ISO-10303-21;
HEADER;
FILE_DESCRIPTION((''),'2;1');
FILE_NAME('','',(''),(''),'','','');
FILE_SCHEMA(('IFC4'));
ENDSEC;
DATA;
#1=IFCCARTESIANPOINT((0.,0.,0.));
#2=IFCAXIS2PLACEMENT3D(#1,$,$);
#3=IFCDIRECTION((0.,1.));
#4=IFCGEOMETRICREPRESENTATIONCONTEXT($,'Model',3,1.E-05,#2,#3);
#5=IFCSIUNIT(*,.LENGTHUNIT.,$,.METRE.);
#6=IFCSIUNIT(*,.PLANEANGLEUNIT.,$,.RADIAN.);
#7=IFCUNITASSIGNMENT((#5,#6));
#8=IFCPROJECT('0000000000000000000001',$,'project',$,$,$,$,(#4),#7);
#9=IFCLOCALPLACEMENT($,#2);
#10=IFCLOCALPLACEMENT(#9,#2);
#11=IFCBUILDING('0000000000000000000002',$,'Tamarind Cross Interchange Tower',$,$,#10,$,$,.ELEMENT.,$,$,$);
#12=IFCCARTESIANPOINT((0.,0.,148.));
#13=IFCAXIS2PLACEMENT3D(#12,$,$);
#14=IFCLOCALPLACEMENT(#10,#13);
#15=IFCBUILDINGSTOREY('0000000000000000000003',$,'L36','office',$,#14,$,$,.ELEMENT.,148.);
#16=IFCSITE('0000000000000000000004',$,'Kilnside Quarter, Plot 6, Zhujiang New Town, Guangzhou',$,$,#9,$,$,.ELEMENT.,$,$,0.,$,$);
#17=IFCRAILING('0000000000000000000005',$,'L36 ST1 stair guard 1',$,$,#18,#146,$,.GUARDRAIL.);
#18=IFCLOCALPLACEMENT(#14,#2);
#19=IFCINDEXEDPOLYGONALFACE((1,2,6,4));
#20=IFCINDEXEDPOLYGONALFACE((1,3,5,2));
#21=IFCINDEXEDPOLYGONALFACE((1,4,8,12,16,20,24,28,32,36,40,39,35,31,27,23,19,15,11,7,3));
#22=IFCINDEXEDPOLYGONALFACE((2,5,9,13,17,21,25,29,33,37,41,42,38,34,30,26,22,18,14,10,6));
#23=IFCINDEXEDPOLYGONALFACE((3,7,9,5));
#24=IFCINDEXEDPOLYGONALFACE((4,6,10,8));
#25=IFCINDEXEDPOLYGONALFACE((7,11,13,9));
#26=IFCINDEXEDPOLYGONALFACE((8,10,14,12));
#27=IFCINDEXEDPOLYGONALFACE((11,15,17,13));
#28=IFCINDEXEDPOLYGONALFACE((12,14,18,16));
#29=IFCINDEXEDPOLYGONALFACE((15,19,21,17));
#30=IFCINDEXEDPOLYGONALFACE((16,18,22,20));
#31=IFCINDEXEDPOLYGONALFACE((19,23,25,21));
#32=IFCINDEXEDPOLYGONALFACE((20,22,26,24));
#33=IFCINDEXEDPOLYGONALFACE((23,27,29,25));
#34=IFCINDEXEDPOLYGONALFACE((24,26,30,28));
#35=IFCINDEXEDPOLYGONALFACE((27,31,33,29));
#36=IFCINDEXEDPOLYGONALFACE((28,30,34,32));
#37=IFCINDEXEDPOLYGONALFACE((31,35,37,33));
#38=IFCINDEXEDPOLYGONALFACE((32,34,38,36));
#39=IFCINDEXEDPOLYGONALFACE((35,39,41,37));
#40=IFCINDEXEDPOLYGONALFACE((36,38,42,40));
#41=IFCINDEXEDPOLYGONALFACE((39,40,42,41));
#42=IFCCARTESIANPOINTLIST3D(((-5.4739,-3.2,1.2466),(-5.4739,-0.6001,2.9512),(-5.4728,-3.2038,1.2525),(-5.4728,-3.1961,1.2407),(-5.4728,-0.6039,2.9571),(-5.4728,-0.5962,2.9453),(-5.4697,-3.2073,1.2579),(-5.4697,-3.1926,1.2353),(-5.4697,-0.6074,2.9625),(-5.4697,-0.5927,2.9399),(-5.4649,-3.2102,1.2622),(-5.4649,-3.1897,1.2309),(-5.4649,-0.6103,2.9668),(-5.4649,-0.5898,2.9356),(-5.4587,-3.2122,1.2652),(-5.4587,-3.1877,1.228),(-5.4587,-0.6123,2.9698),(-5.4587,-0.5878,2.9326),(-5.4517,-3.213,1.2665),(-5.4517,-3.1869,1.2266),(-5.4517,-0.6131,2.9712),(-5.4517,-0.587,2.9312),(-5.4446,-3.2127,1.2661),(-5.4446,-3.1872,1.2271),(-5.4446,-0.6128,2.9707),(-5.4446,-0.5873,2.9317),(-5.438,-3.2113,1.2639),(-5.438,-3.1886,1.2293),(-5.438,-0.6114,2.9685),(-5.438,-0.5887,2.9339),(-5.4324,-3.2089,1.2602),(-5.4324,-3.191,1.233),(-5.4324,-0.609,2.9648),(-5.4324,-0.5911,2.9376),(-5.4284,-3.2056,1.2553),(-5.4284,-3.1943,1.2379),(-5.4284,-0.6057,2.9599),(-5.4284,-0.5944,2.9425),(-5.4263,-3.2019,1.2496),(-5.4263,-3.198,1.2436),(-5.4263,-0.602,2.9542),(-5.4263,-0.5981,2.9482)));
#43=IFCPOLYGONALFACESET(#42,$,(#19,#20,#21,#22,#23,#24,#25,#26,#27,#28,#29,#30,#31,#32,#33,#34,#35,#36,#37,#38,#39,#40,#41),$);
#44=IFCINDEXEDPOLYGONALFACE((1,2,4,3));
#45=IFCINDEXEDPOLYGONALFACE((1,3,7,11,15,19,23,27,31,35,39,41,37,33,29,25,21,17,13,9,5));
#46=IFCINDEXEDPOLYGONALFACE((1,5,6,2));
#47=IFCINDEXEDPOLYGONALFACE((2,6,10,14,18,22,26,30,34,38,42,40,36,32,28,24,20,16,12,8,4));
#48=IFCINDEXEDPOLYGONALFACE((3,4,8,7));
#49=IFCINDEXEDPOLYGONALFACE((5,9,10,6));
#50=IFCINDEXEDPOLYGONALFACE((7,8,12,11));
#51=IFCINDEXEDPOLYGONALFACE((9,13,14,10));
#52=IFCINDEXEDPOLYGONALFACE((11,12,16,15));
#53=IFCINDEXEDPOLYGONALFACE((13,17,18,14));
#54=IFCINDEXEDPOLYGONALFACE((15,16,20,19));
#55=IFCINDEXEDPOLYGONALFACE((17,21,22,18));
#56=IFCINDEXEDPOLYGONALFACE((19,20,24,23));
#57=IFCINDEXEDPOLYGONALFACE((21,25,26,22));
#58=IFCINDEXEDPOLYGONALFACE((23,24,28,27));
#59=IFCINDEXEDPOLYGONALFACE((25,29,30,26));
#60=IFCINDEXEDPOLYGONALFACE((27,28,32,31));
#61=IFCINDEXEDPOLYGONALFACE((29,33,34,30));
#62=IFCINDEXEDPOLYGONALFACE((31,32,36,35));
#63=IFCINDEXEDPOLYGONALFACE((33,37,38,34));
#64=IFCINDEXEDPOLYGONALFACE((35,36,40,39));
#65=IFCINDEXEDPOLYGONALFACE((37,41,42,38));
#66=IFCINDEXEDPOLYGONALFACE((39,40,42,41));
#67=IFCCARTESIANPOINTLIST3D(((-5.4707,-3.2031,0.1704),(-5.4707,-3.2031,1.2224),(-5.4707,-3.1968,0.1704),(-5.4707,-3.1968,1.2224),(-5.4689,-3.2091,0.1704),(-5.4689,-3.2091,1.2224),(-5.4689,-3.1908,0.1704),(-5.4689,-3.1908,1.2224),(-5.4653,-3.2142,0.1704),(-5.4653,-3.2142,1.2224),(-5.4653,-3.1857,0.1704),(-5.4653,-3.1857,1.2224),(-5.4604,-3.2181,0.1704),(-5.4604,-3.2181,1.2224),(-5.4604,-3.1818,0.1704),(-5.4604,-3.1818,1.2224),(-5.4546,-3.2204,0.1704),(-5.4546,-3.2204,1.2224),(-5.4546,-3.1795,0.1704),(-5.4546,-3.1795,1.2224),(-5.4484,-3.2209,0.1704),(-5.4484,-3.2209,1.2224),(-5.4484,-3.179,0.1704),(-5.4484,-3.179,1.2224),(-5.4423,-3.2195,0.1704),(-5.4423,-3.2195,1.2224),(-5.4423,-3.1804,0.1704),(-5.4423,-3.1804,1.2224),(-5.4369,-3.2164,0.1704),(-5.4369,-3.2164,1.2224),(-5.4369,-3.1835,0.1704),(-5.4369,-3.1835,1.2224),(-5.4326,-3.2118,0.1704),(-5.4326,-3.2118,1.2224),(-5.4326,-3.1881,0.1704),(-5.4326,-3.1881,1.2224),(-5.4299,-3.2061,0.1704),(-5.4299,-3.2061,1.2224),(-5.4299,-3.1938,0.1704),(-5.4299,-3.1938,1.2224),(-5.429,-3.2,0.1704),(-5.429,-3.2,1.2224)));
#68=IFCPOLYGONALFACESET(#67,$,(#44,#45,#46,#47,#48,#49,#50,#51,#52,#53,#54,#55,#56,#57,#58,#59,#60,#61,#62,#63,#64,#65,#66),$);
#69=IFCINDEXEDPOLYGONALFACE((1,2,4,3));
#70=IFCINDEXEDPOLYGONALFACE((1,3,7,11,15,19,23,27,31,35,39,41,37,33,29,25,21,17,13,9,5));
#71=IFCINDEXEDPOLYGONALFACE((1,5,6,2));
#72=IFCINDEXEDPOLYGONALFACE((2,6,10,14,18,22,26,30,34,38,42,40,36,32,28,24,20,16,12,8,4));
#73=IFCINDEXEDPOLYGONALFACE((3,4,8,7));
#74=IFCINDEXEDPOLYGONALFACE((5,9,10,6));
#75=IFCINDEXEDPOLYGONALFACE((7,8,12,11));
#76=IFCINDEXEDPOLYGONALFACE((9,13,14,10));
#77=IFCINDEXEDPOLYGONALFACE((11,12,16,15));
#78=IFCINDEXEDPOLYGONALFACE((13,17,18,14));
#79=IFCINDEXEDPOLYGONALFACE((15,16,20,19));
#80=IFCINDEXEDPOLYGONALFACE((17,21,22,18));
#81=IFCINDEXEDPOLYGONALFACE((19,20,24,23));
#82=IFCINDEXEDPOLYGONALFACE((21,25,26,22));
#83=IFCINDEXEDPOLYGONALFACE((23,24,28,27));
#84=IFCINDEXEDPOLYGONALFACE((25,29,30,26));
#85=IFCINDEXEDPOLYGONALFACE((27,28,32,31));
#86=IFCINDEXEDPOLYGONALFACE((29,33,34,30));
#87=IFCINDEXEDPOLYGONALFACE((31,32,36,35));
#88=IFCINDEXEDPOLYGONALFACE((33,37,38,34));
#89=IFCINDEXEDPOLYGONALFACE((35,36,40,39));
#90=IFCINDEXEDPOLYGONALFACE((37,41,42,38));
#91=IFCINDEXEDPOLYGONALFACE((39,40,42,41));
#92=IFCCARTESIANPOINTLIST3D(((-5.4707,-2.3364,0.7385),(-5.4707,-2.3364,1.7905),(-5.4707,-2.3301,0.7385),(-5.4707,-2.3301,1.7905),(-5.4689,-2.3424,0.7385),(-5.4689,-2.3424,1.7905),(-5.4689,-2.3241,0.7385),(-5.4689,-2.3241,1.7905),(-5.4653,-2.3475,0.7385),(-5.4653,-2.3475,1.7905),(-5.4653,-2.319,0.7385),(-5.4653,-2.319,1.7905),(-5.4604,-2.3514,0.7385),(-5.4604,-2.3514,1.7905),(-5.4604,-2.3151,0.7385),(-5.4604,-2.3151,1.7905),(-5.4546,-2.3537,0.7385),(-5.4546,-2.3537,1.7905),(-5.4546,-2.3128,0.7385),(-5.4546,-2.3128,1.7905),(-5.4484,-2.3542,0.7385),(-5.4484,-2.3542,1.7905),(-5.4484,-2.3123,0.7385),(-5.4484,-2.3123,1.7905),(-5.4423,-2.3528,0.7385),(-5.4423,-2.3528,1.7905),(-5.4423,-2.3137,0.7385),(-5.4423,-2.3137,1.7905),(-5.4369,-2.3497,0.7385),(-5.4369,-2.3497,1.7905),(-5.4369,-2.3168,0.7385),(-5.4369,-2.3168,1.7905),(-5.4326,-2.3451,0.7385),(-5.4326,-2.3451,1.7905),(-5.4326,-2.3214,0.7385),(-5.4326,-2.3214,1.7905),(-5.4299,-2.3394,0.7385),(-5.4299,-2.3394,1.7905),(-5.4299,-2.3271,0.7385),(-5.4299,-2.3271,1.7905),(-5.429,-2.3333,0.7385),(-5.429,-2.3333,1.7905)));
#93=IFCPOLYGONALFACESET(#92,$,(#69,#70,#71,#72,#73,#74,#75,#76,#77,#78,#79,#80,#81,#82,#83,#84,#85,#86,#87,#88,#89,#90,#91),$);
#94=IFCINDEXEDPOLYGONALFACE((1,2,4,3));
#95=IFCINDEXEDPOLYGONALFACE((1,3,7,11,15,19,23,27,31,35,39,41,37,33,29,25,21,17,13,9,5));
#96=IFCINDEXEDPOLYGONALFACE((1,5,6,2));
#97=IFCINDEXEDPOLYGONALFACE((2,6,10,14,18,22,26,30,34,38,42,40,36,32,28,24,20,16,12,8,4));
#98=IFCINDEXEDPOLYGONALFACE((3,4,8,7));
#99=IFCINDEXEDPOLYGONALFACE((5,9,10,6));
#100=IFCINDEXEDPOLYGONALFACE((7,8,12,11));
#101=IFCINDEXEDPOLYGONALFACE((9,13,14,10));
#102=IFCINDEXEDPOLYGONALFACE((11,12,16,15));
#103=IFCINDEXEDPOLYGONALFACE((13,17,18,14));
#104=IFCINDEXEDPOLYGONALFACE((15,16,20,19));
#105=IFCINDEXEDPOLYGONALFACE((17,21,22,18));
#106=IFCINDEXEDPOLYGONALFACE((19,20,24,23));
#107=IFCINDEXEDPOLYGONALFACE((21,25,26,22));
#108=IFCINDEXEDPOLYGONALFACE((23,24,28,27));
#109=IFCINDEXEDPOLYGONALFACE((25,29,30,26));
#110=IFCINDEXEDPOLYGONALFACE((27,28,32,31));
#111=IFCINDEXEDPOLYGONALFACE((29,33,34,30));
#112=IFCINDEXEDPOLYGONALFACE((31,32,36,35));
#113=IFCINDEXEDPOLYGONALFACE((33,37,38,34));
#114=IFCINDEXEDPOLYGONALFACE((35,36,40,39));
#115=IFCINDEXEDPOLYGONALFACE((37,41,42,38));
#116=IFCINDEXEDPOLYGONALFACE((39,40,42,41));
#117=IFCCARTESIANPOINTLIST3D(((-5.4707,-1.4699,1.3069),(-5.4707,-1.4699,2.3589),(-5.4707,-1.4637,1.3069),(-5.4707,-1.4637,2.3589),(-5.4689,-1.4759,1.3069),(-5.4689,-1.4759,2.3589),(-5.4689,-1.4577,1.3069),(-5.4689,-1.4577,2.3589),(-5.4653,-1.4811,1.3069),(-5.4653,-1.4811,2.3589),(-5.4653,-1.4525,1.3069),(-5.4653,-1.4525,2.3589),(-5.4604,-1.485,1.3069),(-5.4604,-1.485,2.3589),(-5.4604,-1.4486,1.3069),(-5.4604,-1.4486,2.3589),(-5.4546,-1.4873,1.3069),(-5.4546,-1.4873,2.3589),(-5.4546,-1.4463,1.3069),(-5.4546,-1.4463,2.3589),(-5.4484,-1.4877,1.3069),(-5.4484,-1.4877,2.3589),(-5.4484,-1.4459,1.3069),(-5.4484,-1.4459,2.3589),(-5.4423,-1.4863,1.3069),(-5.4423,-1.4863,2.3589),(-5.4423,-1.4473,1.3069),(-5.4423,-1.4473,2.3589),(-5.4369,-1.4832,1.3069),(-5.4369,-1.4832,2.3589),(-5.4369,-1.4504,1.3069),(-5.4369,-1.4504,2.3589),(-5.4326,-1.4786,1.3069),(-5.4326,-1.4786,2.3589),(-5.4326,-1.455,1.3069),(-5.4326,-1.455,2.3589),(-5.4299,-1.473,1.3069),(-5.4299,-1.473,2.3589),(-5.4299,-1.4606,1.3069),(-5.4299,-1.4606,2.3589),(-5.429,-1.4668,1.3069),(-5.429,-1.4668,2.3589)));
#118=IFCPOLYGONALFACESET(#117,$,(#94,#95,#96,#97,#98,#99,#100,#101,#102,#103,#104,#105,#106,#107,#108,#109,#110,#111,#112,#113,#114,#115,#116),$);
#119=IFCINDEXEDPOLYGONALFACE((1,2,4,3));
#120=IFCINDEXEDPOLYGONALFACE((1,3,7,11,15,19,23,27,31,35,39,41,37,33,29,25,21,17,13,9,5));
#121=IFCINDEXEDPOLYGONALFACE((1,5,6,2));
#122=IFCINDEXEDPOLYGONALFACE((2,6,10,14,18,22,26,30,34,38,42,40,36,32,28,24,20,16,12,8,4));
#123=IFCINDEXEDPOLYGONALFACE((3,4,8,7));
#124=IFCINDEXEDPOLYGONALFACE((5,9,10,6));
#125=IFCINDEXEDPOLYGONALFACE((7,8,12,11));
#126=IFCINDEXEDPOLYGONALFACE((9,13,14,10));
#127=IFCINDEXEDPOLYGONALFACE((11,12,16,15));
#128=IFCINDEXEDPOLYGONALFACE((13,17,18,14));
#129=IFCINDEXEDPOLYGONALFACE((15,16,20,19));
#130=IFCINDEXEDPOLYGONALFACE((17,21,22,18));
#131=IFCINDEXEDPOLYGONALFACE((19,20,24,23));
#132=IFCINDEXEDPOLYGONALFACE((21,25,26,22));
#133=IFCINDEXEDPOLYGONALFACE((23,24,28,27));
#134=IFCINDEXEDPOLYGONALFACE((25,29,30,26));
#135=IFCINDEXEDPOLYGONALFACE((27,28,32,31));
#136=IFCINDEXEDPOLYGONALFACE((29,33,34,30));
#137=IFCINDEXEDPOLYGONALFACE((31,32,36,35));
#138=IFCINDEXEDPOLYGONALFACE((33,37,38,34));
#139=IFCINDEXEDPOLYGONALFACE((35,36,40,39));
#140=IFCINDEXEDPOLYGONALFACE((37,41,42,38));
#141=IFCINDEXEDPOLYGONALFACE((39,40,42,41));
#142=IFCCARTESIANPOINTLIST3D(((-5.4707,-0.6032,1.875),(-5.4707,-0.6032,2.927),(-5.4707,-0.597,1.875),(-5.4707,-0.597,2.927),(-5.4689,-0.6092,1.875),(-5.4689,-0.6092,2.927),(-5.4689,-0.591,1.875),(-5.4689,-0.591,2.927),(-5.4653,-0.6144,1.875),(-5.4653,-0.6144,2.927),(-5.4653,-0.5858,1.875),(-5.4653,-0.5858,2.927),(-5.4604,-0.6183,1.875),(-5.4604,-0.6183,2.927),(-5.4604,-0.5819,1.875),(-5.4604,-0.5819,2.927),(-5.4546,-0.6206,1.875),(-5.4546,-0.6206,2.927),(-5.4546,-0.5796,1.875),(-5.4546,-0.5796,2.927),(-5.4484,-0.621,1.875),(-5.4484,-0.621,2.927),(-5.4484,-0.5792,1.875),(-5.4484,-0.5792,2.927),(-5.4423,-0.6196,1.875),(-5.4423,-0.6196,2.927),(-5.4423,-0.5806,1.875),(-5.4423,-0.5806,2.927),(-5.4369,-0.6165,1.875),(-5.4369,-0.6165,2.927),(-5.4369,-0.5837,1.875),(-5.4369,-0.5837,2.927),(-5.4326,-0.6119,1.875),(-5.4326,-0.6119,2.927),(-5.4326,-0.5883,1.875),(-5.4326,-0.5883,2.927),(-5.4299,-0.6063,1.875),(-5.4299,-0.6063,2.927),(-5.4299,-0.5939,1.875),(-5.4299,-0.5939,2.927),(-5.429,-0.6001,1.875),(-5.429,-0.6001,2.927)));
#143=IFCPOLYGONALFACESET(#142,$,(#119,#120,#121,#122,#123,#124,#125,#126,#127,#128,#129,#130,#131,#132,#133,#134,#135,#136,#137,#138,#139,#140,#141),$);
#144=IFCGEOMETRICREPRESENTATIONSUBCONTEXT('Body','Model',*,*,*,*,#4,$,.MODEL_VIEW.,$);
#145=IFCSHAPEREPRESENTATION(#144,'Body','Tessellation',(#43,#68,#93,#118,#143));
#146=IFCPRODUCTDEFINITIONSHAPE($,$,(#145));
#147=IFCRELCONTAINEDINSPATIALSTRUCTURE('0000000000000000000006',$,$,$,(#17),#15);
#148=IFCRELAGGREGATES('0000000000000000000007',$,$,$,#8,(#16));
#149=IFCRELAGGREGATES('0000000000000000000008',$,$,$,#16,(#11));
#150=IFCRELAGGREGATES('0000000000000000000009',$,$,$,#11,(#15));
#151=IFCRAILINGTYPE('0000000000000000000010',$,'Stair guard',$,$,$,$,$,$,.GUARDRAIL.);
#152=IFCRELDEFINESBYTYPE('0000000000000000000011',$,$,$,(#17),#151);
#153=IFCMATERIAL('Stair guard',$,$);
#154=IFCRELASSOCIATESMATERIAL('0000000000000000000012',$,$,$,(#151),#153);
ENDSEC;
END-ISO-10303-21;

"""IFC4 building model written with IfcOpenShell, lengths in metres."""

from ifc_helpers import new_model, si_unit, direction, frame, origin, origin_2d, place, context, subcontext, project, spatial, circle, extrude, material, type_object, element, save


model = new_model("IFC4")

# Units and contexts
model_context = context("Model", 3, precision=1e-05, world=origin(), true_north=direction((0.0, 1.0)))
body_context = subcontext(model_context, "Body", "Model", "MODEL_VIEW")
ifc_project = project(units=[si_unit("LENGTHUNIT", "METRE"), si_unit("PLANEANGLEUNIT", "RADIAN")], contexts=[model_context])

# Site, building, storey
site_placement = place(None, origin())
site = spatial("IfcSite", under=ifc_project, at=site_placement, Name="Kilnside Quarter, Plot 6, Zhujiang New Town, Guangzhou", CompositionType="ELEMENT", RefElevation=0.0)
building_placement = place(site_placement, origin())
building = spatial("IfcBuilding", under=site, at=building_placement, Name="Tamarind Cross Interchange Tower", CompositionType="ELEMENT")
storey_placement = place(building_placement, frame((0.0, 0.0, 148.0)))
storey = spatial("IfcBuildingStorey", under=building, at=storey_placement, Name="L36", Description="office", CompositionType="ELEMENT", Elevation=148.0)

# Railing
ifc_material_1 = material(Name="Stair guard")
railing_type_1 = type_object("IfcRailingType", Name="Stair guard", PredefinedType="GUARDRAIL", material=ifc_material_1)
railing_1_placement = place(storey_placement, frame((-5.45, -3.2, 0.1704)))
element("IfcRailing", 1, at=railing_1_placement, inside=storey, type_object=railing_type_1, Name="L36 ST1 stair guard 1", PredefinedType="GUARDRAIL", context=body_context, shape_type="SweptSolid", body=[
    extrude(circle(Radius=0.0239, at=origin_2d()), frame((0.0, 0.0, 1.0762), z_axis=(0.0, 0.836279, 0.548305), x_axis=(-1.0, 0.0, 0.0)), (0.0, 0.0, 1.0), 3.1089),
    extrude(circle(Radius=0.021, at=origin_2d()), origin(), (0.0, 0.0, 1.0), 1.052),
    extrude(circle(Radius=0.021, at=origin_2d()), frame((0.0, 0.8667, 0.5681)), (0.0, 0.0, 1.0), 1.052),
    extrude(circle(Radius=0.021, at=origin_2d()), frame((0.0, 1.7332, 1.1365)), (0.0, 0.0, 1.0), 1.052),
    extrude(circle(Radius=0.021, at=origin_2d()), frame((0.0, 2.5999, 1.7046)), (0.0, 0.0, 1.0), 1.052),
])

save(model, "model.ifc")
